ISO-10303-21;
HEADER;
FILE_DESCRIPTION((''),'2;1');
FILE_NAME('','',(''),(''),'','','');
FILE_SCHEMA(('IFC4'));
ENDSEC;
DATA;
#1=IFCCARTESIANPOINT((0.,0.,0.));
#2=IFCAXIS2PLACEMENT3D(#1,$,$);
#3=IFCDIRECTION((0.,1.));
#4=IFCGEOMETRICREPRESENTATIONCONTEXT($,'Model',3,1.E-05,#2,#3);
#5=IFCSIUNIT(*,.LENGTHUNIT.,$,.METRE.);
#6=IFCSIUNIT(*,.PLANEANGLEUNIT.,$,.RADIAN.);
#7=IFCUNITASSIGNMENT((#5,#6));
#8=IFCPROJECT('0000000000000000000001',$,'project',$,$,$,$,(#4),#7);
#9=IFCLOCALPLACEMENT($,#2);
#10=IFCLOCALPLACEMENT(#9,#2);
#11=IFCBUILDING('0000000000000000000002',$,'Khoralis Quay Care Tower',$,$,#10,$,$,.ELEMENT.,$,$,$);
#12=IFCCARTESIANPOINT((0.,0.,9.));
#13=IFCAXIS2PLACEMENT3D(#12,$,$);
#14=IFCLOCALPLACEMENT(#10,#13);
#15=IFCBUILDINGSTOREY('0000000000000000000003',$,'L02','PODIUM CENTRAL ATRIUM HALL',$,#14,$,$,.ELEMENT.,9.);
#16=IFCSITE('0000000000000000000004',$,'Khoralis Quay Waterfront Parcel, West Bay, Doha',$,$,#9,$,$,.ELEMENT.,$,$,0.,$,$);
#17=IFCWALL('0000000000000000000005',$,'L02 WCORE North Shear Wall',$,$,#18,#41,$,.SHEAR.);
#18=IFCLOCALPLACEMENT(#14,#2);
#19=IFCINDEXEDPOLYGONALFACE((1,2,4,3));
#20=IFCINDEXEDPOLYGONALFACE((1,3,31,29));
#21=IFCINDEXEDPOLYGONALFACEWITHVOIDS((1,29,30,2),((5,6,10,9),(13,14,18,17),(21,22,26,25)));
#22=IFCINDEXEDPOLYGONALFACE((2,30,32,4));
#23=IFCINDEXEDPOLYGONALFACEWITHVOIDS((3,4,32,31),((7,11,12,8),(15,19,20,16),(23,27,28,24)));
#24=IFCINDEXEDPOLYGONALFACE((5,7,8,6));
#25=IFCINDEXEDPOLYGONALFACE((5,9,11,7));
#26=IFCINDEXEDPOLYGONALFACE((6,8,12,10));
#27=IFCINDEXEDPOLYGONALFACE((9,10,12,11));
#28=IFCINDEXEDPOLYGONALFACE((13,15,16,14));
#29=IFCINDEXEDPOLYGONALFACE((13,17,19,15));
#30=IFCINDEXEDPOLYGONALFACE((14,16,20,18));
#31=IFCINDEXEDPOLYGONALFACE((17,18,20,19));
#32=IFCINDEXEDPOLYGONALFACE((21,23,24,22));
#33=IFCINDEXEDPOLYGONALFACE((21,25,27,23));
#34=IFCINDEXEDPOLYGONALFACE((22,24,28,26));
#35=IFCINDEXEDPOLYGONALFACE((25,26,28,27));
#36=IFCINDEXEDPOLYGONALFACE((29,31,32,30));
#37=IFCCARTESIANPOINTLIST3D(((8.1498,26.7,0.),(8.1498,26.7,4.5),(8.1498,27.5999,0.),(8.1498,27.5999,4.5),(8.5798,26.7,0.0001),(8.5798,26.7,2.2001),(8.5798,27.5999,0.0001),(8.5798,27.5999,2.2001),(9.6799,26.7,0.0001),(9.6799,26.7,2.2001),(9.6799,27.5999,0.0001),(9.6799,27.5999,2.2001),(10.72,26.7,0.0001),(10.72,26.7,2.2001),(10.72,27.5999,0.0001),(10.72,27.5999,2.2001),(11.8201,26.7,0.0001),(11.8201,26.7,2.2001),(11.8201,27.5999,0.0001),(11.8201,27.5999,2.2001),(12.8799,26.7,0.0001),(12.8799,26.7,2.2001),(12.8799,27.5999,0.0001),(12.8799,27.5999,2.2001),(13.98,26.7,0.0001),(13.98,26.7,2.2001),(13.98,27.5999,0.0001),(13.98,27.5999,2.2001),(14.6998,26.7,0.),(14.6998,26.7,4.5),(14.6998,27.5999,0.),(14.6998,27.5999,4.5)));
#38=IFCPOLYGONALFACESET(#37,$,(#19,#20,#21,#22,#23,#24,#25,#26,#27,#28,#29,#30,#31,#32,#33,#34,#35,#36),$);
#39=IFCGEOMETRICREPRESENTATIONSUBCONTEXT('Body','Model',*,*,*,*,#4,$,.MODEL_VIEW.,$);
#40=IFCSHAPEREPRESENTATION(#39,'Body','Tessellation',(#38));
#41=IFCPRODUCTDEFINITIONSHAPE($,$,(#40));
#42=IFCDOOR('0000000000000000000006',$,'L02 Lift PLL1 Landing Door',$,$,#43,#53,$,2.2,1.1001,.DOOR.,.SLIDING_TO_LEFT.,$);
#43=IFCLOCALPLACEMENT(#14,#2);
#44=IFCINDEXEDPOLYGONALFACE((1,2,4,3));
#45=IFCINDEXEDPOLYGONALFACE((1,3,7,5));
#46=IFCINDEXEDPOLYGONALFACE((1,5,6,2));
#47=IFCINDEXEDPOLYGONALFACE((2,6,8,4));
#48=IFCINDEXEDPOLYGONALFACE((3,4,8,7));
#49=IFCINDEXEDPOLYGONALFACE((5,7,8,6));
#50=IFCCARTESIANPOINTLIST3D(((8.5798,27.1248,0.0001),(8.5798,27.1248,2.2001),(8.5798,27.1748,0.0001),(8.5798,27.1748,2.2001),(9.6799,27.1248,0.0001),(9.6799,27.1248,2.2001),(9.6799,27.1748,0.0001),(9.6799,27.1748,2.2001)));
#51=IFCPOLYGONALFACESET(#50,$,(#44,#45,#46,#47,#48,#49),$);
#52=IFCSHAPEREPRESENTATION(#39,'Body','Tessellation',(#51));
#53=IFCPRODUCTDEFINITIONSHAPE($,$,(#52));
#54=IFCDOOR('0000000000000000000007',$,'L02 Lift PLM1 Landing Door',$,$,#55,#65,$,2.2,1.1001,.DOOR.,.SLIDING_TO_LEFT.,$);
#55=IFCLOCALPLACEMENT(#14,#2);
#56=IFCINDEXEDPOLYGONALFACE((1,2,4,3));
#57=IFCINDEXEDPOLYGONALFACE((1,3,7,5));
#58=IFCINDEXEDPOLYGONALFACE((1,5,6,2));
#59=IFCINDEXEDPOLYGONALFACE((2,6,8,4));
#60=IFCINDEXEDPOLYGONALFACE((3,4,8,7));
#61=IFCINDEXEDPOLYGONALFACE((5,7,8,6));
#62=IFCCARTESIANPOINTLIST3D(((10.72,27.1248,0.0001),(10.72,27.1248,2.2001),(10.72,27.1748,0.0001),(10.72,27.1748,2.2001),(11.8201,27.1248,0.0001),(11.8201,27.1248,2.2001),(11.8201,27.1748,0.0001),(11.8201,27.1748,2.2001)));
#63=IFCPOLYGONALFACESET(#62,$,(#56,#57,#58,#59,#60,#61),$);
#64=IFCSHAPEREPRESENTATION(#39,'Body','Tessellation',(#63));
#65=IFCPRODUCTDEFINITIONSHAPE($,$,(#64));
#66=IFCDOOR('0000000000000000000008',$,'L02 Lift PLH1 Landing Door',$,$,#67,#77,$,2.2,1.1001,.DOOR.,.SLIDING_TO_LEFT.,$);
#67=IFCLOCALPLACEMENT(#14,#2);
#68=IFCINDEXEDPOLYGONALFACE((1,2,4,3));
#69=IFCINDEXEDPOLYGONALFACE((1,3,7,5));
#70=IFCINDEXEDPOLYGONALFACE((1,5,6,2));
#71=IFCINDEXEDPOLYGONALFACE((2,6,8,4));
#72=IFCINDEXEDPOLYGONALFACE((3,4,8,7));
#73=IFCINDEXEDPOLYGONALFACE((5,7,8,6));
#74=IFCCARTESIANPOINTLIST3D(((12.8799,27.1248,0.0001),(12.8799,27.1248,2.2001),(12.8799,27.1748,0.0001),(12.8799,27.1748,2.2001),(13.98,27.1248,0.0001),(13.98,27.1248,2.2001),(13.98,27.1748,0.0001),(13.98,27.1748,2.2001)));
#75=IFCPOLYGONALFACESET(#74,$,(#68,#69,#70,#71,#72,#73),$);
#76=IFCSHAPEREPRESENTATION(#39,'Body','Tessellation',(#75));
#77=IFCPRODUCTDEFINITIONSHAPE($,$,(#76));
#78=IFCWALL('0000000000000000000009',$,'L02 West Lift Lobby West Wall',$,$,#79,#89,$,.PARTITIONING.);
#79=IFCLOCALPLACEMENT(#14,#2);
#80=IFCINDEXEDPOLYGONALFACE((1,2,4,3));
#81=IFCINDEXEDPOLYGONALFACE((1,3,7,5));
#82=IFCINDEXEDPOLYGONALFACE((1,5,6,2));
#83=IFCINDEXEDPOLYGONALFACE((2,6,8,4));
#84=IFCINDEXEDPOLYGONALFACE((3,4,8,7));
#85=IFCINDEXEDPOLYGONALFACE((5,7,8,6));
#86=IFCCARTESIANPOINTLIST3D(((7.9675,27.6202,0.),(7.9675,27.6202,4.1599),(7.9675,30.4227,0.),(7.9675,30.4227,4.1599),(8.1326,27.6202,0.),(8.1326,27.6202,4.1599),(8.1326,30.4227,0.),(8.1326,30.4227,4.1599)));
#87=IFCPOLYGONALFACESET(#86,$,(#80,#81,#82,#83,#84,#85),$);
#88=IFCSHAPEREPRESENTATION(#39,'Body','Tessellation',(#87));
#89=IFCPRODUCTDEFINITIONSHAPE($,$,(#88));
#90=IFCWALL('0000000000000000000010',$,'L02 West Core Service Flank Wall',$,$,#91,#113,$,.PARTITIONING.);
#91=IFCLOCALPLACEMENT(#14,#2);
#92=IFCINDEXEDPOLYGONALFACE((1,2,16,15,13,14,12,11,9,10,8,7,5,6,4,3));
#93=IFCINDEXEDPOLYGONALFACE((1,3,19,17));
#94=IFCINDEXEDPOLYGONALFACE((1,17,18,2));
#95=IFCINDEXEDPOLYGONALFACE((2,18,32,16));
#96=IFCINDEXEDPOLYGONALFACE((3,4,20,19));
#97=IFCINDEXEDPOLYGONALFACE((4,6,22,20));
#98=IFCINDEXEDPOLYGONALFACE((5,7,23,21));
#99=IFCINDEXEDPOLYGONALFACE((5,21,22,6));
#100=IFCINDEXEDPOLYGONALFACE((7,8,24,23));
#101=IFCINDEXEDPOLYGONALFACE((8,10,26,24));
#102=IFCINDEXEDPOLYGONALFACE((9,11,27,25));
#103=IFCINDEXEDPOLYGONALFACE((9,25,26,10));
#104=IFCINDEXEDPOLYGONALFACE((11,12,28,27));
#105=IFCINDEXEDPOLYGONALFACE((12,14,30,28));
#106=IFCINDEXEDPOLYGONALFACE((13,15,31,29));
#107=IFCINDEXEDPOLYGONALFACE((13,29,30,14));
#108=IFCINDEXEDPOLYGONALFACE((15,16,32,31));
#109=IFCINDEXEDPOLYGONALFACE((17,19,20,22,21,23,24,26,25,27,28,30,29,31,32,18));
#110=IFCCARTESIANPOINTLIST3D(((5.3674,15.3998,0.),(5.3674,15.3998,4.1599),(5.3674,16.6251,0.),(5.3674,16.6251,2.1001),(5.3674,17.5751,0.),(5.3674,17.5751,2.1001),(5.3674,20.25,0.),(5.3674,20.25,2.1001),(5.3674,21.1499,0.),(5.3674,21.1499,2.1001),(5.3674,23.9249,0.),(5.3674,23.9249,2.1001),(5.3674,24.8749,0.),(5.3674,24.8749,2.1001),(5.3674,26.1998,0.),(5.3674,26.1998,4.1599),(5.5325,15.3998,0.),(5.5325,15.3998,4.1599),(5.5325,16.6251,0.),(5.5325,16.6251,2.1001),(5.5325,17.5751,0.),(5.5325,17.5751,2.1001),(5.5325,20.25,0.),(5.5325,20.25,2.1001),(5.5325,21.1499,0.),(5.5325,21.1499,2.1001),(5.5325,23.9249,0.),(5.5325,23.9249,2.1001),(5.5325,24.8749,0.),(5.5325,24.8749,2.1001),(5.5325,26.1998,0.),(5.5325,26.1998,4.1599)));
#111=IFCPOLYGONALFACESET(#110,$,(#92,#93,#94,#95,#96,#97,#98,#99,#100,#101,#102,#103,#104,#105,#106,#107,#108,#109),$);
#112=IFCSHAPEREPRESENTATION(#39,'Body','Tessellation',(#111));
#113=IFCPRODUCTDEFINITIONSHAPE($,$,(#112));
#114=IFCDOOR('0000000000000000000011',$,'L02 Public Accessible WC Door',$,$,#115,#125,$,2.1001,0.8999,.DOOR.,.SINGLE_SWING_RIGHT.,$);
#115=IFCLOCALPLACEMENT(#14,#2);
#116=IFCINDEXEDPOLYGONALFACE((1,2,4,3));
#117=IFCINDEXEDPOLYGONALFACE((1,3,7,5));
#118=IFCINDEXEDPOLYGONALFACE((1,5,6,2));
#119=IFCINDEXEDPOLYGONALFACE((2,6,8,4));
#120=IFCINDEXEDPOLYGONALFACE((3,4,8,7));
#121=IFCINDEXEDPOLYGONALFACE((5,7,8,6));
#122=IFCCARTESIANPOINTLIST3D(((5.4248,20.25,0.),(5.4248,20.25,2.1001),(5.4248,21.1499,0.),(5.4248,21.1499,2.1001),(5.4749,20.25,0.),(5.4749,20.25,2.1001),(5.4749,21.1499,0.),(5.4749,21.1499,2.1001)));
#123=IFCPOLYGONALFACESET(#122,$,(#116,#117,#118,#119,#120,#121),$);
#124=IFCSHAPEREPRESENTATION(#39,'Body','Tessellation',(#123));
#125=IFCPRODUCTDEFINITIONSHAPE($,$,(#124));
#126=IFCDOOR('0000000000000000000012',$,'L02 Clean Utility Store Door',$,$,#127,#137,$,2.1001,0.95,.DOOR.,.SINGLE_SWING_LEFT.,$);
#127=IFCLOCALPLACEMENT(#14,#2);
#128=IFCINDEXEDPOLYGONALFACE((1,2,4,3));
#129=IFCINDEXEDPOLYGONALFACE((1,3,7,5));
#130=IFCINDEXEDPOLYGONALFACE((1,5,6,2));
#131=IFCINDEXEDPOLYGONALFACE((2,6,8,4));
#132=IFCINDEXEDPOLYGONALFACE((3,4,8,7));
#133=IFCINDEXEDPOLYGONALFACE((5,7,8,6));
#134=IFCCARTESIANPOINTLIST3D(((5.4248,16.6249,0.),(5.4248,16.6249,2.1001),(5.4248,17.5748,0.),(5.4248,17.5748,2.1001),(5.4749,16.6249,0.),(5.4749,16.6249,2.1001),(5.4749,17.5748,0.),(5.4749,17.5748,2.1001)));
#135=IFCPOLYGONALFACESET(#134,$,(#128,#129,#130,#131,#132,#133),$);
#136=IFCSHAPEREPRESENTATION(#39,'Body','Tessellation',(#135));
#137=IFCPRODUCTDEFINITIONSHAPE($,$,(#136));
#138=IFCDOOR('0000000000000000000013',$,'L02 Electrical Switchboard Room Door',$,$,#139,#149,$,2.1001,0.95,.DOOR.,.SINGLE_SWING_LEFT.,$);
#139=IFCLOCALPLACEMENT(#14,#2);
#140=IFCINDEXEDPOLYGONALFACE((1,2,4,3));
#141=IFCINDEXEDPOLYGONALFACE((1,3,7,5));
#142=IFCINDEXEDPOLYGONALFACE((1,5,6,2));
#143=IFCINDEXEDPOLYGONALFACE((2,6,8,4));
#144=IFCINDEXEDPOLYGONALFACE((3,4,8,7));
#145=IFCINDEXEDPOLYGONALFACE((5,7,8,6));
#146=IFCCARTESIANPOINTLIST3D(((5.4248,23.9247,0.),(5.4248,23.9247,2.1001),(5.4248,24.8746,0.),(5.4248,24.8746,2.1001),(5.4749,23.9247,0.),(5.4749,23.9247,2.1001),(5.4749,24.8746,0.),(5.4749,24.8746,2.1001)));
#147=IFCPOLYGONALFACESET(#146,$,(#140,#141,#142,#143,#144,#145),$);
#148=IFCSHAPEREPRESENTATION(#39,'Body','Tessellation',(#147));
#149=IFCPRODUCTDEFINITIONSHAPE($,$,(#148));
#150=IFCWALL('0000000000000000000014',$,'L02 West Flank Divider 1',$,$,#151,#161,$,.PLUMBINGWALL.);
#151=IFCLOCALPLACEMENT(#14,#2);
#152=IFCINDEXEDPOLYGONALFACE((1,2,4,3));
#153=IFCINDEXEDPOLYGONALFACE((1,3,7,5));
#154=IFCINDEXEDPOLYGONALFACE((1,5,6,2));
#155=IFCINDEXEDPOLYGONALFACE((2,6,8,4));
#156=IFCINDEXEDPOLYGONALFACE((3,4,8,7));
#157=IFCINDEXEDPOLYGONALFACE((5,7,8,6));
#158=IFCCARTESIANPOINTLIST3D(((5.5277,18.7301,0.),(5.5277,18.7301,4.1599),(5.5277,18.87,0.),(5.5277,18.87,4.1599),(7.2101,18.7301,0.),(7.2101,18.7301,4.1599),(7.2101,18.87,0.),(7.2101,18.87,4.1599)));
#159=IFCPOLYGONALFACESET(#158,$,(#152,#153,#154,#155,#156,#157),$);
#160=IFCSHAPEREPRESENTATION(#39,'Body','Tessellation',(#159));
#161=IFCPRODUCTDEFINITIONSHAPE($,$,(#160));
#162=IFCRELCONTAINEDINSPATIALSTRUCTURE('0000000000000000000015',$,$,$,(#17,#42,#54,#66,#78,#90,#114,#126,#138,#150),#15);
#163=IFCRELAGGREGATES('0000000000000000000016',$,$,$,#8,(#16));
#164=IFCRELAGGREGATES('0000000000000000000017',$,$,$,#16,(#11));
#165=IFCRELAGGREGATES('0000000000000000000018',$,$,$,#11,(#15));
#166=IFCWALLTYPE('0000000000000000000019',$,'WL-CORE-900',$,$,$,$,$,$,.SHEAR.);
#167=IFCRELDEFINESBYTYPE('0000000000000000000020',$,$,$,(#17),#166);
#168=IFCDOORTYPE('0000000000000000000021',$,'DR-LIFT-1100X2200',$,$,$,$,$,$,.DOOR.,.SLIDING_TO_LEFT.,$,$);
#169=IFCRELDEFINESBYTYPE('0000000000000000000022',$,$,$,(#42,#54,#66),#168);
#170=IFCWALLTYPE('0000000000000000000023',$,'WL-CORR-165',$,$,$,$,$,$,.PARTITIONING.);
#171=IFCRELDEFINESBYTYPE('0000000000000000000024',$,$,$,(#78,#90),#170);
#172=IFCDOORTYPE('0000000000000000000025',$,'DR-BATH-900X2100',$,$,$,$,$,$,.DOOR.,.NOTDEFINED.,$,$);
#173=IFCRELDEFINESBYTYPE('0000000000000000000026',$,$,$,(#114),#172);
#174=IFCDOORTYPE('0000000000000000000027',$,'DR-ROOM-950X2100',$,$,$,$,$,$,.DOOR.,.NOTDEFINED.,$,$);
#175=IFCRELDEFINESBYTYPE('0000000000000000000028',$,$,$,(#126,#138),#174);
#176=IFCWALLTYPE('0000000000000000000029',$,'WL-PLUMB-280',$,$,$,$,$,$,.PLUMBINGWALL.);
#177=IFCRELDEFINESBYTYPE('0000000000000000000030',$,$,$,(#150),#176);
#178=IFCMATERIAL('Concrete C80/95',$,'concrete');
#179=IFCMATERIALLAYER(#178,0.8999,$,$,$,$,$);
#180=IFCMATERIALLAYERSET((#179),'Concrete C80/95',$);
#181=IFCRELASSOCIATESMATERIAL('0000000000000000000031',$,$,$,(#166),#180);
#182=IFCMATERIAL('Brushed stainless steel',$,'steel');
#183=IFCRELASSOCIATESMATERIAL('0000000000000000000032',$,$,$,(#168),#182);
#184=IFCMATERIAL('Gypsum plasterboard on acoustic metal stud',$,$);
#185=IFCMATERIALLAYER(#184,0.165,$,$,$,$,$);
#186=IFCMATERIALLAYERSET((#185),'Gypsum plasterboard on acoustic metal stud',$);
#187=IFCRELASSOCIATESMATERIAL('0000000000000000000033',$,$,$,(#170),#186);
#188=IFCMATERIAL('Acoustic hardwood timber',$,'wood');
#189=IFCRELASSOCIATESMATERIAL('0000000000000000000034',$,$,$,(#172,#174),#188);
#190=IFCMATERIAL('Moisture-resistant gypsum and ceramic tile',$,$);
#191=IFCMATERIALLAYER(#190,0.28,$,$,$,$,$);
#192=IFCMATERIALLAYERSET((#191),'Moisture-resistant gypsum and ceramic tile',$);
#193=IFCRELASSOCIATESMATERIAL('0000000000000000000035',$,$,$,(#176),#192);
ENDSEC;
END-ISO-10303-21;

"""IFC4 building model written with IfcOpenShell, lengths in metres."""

from ifc_helpers import new_model, si_unit, direction, frame, frame_2d, origin, place, context, subcontext, project, spatial, rectangle, extrude, source, transform, mapped, material, layer, layer_set, type_object, element, fill, save


model = new_model("IFC4")

# Units and contexts
model_context = context("Model", 3, precision=1e-05, world=origin(), true_north=direction((0.0, 1.0)))
body_context = subcontext(model_context, "Body", "Model", "MODEL_VIEW")
ifc_project = project(units=[si_unit("LENGTHUNIT", "METRE"), si_unit("PLANEANGLEUNIT", "RADIAN")], contexts=[model_context])

# Site, building, storey
site_placement = place(None, origin())
site = spatial("IfcSite", under=ifc_project, at=site_placement, Name="Khoralis Quay Waterfront Parcel, West Bay, Doha", CompositionType="ELEMENT", RefElevation=0.0)
building_placement = place(site_placement, origin())
building = spatial("IfcBuilding", under=site, at=building_placement, Name="Khoralis Quay Care Tower", CompositionType="ELEMENT")
storey_placement = place(building_placement, frame((0.0, 0.0, 9.0)))
storey = spatial("IfcBuildingStorey", under=building, at=storey_placement, Name="L02", Description="PODIUM CENTRAL ATRIUM HALL", CompositionType="ELEMENT", Elevation=9.0)

# Shared definitions
ifc_material_1 = material(Name="Concrete C80/95", Category="concrete")

# Wall, openings, doors
ifc_layer_1 = layer(ifc_material_1, 0.8999)
ifc_layer_set_1 = layer_set([ifc_layer_1], Name="Concrete C80/95")
wall_type_1 = type_object("IfcWallType", Name="WL-CORE-900", PredefinedType="SHEAR", material=ifc_layer_set_1)
wall_1_placement = place(storey_placement, frame((8.1499, 27.1499, 0.0), z_axis=(0.0, 0.0, 1.0), x_axis=(1.0, 0.0, 0.0)))
wall_1 = element("IfcWall", 1, at=wall_1_placement, inside=storey, type_object=wall_type_1, Name="L02 WCORE North Shear Wall", PredefinedType="SHEAR", context=body_context, shape_type="SweptSolid", body=[
    extrude(rectangle(XDim=6.55, YDim=0.8999, at=frame_2d((3.2749, 0.0))), origin(), (0.0, 0.0, 1.0), 4.5),
])
opening_1_placement = place(wall_1_placement, frame((0.4299, 0.0, 0.0)))
opening_1 = element("IfcOpeningElement", 2, at=opening_1_placement, cuts=wall_1, PredefinedType="OPENING", context=body_context, shape_type="SweptSolid", body=[
    extrude(rectangle(XDim=1.1001, YDim=2.2, at=frame_2d((0.55, 1.1001))), frame((0.0, 0.46, 0.0), z_axis=(0.0, -1.0, 0.0), x_axis=(1.0, 0.0, 0.0)), (0.0, 0.0, 1.0), 0.9199),
])
opening_2_placement = place(wall_1_placement, frame((2.5701, 0.0, 0.0)))
opening_2 = element("IfcOpeningElement", 3, at=opening_2_placement, cuts=wall_1, PredefinedType="OPENING", context=body_context, shape_type="SweptSolid", body=[
    extrude(rectangle(XDim=1.1001, YDim=2.2, at=frame_2d((0.55, 1.1001))), frame((0.0, 0.46, 0.0), z_axis=(0.0, -1.0, 0.0), x_axis=(1.0, 0.0, 0.0)), (0.0, 0.0, 1.0), 0.9199),
])
opening_3_placement = place(wall_1_placement, frame((4.73, 0.0, 0.0)))
opening_3 = element("IfcOpeningElement", 4, at=opening_3_placement, cuts=wall_1, PredefinedType="OPENING", context=body_context, shape_type="SweptSolid", body=[
    extrude(rectangle(XDim=1.1001, YDim=2.2, at=frame_2d((0.55, 1.1001))), frame((0.0, 0.46, 0.0), z_axis=(0.0, -1.0, 0.0), x_axis=(1.0, 0.0, 0.0)), (0.0, 0.0, 1.0), 0.9199),
])
ifc_material_2 = material(Name="Brushed stainless steel", Category="steel")
door_type_1 = type_object("IfcDoorType", Name="DR-LIFT-1100X2200", OperationType="SLIDING_TO_LEFT", PredefinedType="DOOR", material=ifc_material_2)
shared_shape_1 = source(origin(), body_context, "Body", "SweptSolid", [
    extrude(rectangle(XDim=1.1001, YDim=2.2, at=frame_2d((0.55, 1.1001))), frame((0.0, 0.0249, 0.0), z_axis=(0.0, -1.0, 0.0), x_axis=(1.0, 0.0, 0.0)), (0.0, 0.0, 1.0), 0.05),
])
door_1_placement = place(opening_1_placement, origin())
door_1 = element("IfcDoor", 5, at=door_1_placement, inside=storey, type_object=door_type_1, Name="L02 Lift PLL1 Landing Door", OperationType="SLIDING_TO_LEFT", OverallHeight=2.2, OverallWidth=1.1001, PredefinedType="DOOR", context=body_context, shape_type="MappedRepresentation", body=[
    mapped(shared_shape_1, transform((0.0, 0.0, 0.0), scale=1.0)),
])
fill(opening_1, door_1)
door_2_placement = place(opening_2_placement, origin())
door_2 = element("IfcDoor", 6, at=door_2_placement, inside=storey, type_object=door_type_1, Name="L02 Lift PLM1 Landing Door", OperationType="SLIDING_TO_LEFT", OverallHeight=2.2, OverallWidth=1.1001, PredefinedType="DOOR", context=body_context, shape_type="MappedRepresentation", body=[
    mapped(shared_shape_1, transform((0.0, 0.0, 0.0), scale=1.0)),
])
fill(opening_2, door_2)
door_3_placement = place(opening_3_placement, origin())
door_3 = element("IfcDoor", 7, at=door_3_placement, inside=storey, type_object=door_type_1, Name="L02 Lift PLH1 Landing Door", OperationType="SLIDING_TO_LEFT", OverallHeight=2.2, OverallWidth=1.1001, PredefinedType="DOOR", context=body_context, shape_type="MappedRepresentation", body=[
    mapped(shared_shape_1, transform((0.0, 0.0, 0.0), scale=1.0)),
])
fill(opening_3, door_3)

# Wall
ifc_material_3 = material(Name="Gypsum plasterboard on acoustic metal stud")
ifc_layer_2 = layer(ifc_material_3, 0.165)
ifc_layer_set_2 = layer_set([ifc_layer_2], Name="Gypsum plasterboard on acoustic metal stud")
wall_type_2 = type_object("IfcWallType", Name="WL-CORR-165", PredefinedType="PARTITIONING", material=ifc_layer_set_2)
wall_2_placement = place(storey_placement, frame((8.05, 27.6201, 0.0), z_axis=(0.0, 0.0, 1.0), x_axis=(0.0, 1.0, 0.0)))
element("IfcWall", 8, at=wall_2_placement, inside=storey, type_object=wall_type_2, Name="L02 West Lift Lobby West Wall", PredefinedType="PARTITIONING", context=body_context, shape_type="SweptSolid", body=[
    extrude(rectangle(XDim=2.8025, YDim=0.165, at=frame_2d((1.4014, 0.0))), origin(), (0.0, 0.0, 1.0), 4.1599),
])

# Wall, openings, doors
wall_3_placement = place(storey_placement, frame((5.45, 15.3999, 0.0), z_axis=(0.0, 0.0, 1.0), x_axis=(0.0, 1.0, 0.0)))
wall_3 = element("IfcWall", 9, at=wall_3_placement, inside=storey, type_object=wall_type_2, Name="L02 West Core Service Flank Wall", PredefinedType="PARTITIONING", context=body_context, shape_type="SweptSolid", body=[
    extrude(rectangle(XDim=10.8, YDim=0.165, at=frame_2d((5.3999, 0.0))), origin(), (0.0, 0.0, 1.0), 4.1599),
])
opening_4_placement = place(wall_3_placement, frame((1.2251, 0.0, 0.0)))
opening_4 = element("IfcOpeningElement", 10, at=opening_4_placement, cuts=wall_3, PredefinedType="OPENING", context=body_context, shape_type="SweptSolid", body=[
    extrude(rectangle(XDim=0.95, YDim=2.1001, at=frame_2d((0.4751, 1.05))), frame((0.0, 0.0925, 0.0), z_axis=(0.0, -1.0, 0.0), x_axis=(1.0, 0.0, 0.0)), (0.0, 0.0, 1.0), 0.1851),
])
opening_5_placement = place(wall_3_placement, frame((4.8501, 0.0, 0.0)))
opening_5 = element("IfcOpeningElement", 11, at=opening_5_placement, cuts=wall_3, PredefinedType="OPENING", context=body_context, shape_type="SweptSolid", body=[
    extrude(rectangle(XDim=0.8999, YDim=2.1001, at=frame_2d((0.45, 1.05))), frame((0.0, 0.0925, 0.0), z_axis=(0.0, -1.0, 0.0), x_axis=(1.0, 0.0, 0.0)), (0.0, 0.0, 1.0), 0.1851),
])
opening_6_placement = place(wall_3_placement, frame((8.5249, 0.0, 0.0)))
opening_6 = element("IfcOpeningElement", 12, at=opening_6_placement, cuts=wall_3, PredefinedType="OPENING", context=body_context, shape_type="SweptSolid", body=[
    extrude(rectangle(XDim=0.95, YDim=2.1001, at=frame_2d((0.4751, 1.05))), frame((0.0, 0.0925, 0.0), z_axis=(0.0, -1.0, 0.0), x_axis=(1.0, 0.0, 0.0)), (0.0, 0.0, 1.0), 0.1851),
])
ifc_material_4 = material(Name="Acoustic hardwood timber", Category="wood")
door_type_2 = type_object("IfcDoorType", Name="DR-BATH-900X2100", OperationType="NOTDEFINED", PredefinedType="DOOR", material=ifc_material_4)
shared_shape_2 = source(origin(), body_context, "Body", "SweptSolid", [
    extrude(rectangle(XDim=0.8999, YDim=2.1001, at=frame_2d((0.45, 1.05))), frame((0.0, 0.0249, 0.0), z_axis=(0.0, -1.0, 0.0), x_axis=(1.0, 0.0, 0.0)), (0.0, 0.0, 1.0), 0.05),
])
door_4_placement = place(opening_5_placement, frame((0.8999, 0.0, 0.0), z_axis=(0.0, 0.0, 1.0), x_axis=(-1.0, 0.0, 0.0)))
door_4 = element("IfcDoor", 13, at=door_4_placement, inside=storey, type_object=door_type_2, Name="L02 Public Accessible WC Door", OperationType="SINGLE_SWING_RIGHT", OverallHeight=2.1001, OverallWidth=0.8999, PredefinedType="DOOR", context=body_context, shape_type="MappedRepresentation", body=[
    mapped(shared_shape_2, transform((0.0, 0.0, 0.0), scale=1.0)),
])
fill(opening_5, door_4)
door_type_3 = type_object("IfcDoorType", Name="DR-ROOM-950X2100", OperationType="NOTDEFINED", PredefinedType="DOOR", material=ifc_material_4)
shared_shape_3 = source(origin(), body_context, "Body", "SweptSolid", [
    extrude(rectangle(XDim=0.95, YDim=2.1001, at=frame_2d((0.4751, 1.05))), frame((0.0, 0.0249, 0.0), z_axis=(0.0, -1.0, 0.0), x_axis=(1.0, 0.0, 0.0)), (0.0, 0.0, 1.0), 0.05),
])
door_5_placement = place(opening_4_placement, frame((0.95, 0.0, 0.0), z_axis=(0.0, 0.0, 1.0), x_axis=(-1.0, 0.0, 0.0)))
door_5 = element("IfcDoor", 14, at=door_5_placement, inside=storey, type_object=door_type_3, Name="L02 Clean Utility Store Door", OperationType="SINGLE_SWING_LEFT", OverallHeight=2.1001, OverallWidth=0.95, PredefinedType="DOOR", context=body_context, shape_type="MappedRepresentation", body=[
    mapped(shared_shape_3, transform((0.0, 0.0, 0.0), scale=1.0)),
])
fill(opening_4, door_5)
door_6_placement = place(opening_6_placement, frame((0.95, 0.0, 0.0), z_axis=(0.0, 0.0, 1.0), x_axis=(-1.0, 0.0, 0.0)))
door_6 = element("IfcDoor", 15, at=door_6_placement, inside=storey, type_object=door_type_3, Name="L02 Electrical Switchboard Room Door", OperationType="SINGLE_SWING_LEFT", OverallHeight=2.1001, OverallWidth=0.95, PredefinedType="DOOR", context=body_context, shape_type="MappedRepresentation", body=[
    mapped(shared_shape_3, transform((0.0, 0.0, 0.0), scale=1.0)),
])
fill(opening_6, door_6)

# Wall
ifc_material_5 = material(Name="Moisture-resistant gypsum and ceramic tile")
ifc_layer_3 = layer(ifc_material_5, 0.28)
ifc_layer_set_3 = layer_set([ifc_layer_3], Name="Moisture-resistant gypsum and ceramic tile")
wall_type_3 = type_object("IfcWallType", Name="WL-PLUMB-280", PredefinedType="PLUMBINGWALL", material=ifc_layer_set_3)
wall_4_placement = place(storey_placement, frame((5.5276, 18.8, 0.0), z_axis=(0.0, 0.0, 1.0), x_axis=(1.0, 0.0, 0.0)))
element("IfcWall", 16, at=wall_4_placement, inside=storey, type_object=wall_type_3, Name="L02 West Flank Divider 1", PredefinedType="PLUMBINGWALL", context=body_context, shape_type="SweptSolid", body=[
    extrude(rectangle(XDim=1.6824, YDim=0.1399, at=frame_2d((0.8413, 0.0))), origin(), (0.0, 0.0, 1.0), 4.1599),
])

save(model, "model.ifc")
